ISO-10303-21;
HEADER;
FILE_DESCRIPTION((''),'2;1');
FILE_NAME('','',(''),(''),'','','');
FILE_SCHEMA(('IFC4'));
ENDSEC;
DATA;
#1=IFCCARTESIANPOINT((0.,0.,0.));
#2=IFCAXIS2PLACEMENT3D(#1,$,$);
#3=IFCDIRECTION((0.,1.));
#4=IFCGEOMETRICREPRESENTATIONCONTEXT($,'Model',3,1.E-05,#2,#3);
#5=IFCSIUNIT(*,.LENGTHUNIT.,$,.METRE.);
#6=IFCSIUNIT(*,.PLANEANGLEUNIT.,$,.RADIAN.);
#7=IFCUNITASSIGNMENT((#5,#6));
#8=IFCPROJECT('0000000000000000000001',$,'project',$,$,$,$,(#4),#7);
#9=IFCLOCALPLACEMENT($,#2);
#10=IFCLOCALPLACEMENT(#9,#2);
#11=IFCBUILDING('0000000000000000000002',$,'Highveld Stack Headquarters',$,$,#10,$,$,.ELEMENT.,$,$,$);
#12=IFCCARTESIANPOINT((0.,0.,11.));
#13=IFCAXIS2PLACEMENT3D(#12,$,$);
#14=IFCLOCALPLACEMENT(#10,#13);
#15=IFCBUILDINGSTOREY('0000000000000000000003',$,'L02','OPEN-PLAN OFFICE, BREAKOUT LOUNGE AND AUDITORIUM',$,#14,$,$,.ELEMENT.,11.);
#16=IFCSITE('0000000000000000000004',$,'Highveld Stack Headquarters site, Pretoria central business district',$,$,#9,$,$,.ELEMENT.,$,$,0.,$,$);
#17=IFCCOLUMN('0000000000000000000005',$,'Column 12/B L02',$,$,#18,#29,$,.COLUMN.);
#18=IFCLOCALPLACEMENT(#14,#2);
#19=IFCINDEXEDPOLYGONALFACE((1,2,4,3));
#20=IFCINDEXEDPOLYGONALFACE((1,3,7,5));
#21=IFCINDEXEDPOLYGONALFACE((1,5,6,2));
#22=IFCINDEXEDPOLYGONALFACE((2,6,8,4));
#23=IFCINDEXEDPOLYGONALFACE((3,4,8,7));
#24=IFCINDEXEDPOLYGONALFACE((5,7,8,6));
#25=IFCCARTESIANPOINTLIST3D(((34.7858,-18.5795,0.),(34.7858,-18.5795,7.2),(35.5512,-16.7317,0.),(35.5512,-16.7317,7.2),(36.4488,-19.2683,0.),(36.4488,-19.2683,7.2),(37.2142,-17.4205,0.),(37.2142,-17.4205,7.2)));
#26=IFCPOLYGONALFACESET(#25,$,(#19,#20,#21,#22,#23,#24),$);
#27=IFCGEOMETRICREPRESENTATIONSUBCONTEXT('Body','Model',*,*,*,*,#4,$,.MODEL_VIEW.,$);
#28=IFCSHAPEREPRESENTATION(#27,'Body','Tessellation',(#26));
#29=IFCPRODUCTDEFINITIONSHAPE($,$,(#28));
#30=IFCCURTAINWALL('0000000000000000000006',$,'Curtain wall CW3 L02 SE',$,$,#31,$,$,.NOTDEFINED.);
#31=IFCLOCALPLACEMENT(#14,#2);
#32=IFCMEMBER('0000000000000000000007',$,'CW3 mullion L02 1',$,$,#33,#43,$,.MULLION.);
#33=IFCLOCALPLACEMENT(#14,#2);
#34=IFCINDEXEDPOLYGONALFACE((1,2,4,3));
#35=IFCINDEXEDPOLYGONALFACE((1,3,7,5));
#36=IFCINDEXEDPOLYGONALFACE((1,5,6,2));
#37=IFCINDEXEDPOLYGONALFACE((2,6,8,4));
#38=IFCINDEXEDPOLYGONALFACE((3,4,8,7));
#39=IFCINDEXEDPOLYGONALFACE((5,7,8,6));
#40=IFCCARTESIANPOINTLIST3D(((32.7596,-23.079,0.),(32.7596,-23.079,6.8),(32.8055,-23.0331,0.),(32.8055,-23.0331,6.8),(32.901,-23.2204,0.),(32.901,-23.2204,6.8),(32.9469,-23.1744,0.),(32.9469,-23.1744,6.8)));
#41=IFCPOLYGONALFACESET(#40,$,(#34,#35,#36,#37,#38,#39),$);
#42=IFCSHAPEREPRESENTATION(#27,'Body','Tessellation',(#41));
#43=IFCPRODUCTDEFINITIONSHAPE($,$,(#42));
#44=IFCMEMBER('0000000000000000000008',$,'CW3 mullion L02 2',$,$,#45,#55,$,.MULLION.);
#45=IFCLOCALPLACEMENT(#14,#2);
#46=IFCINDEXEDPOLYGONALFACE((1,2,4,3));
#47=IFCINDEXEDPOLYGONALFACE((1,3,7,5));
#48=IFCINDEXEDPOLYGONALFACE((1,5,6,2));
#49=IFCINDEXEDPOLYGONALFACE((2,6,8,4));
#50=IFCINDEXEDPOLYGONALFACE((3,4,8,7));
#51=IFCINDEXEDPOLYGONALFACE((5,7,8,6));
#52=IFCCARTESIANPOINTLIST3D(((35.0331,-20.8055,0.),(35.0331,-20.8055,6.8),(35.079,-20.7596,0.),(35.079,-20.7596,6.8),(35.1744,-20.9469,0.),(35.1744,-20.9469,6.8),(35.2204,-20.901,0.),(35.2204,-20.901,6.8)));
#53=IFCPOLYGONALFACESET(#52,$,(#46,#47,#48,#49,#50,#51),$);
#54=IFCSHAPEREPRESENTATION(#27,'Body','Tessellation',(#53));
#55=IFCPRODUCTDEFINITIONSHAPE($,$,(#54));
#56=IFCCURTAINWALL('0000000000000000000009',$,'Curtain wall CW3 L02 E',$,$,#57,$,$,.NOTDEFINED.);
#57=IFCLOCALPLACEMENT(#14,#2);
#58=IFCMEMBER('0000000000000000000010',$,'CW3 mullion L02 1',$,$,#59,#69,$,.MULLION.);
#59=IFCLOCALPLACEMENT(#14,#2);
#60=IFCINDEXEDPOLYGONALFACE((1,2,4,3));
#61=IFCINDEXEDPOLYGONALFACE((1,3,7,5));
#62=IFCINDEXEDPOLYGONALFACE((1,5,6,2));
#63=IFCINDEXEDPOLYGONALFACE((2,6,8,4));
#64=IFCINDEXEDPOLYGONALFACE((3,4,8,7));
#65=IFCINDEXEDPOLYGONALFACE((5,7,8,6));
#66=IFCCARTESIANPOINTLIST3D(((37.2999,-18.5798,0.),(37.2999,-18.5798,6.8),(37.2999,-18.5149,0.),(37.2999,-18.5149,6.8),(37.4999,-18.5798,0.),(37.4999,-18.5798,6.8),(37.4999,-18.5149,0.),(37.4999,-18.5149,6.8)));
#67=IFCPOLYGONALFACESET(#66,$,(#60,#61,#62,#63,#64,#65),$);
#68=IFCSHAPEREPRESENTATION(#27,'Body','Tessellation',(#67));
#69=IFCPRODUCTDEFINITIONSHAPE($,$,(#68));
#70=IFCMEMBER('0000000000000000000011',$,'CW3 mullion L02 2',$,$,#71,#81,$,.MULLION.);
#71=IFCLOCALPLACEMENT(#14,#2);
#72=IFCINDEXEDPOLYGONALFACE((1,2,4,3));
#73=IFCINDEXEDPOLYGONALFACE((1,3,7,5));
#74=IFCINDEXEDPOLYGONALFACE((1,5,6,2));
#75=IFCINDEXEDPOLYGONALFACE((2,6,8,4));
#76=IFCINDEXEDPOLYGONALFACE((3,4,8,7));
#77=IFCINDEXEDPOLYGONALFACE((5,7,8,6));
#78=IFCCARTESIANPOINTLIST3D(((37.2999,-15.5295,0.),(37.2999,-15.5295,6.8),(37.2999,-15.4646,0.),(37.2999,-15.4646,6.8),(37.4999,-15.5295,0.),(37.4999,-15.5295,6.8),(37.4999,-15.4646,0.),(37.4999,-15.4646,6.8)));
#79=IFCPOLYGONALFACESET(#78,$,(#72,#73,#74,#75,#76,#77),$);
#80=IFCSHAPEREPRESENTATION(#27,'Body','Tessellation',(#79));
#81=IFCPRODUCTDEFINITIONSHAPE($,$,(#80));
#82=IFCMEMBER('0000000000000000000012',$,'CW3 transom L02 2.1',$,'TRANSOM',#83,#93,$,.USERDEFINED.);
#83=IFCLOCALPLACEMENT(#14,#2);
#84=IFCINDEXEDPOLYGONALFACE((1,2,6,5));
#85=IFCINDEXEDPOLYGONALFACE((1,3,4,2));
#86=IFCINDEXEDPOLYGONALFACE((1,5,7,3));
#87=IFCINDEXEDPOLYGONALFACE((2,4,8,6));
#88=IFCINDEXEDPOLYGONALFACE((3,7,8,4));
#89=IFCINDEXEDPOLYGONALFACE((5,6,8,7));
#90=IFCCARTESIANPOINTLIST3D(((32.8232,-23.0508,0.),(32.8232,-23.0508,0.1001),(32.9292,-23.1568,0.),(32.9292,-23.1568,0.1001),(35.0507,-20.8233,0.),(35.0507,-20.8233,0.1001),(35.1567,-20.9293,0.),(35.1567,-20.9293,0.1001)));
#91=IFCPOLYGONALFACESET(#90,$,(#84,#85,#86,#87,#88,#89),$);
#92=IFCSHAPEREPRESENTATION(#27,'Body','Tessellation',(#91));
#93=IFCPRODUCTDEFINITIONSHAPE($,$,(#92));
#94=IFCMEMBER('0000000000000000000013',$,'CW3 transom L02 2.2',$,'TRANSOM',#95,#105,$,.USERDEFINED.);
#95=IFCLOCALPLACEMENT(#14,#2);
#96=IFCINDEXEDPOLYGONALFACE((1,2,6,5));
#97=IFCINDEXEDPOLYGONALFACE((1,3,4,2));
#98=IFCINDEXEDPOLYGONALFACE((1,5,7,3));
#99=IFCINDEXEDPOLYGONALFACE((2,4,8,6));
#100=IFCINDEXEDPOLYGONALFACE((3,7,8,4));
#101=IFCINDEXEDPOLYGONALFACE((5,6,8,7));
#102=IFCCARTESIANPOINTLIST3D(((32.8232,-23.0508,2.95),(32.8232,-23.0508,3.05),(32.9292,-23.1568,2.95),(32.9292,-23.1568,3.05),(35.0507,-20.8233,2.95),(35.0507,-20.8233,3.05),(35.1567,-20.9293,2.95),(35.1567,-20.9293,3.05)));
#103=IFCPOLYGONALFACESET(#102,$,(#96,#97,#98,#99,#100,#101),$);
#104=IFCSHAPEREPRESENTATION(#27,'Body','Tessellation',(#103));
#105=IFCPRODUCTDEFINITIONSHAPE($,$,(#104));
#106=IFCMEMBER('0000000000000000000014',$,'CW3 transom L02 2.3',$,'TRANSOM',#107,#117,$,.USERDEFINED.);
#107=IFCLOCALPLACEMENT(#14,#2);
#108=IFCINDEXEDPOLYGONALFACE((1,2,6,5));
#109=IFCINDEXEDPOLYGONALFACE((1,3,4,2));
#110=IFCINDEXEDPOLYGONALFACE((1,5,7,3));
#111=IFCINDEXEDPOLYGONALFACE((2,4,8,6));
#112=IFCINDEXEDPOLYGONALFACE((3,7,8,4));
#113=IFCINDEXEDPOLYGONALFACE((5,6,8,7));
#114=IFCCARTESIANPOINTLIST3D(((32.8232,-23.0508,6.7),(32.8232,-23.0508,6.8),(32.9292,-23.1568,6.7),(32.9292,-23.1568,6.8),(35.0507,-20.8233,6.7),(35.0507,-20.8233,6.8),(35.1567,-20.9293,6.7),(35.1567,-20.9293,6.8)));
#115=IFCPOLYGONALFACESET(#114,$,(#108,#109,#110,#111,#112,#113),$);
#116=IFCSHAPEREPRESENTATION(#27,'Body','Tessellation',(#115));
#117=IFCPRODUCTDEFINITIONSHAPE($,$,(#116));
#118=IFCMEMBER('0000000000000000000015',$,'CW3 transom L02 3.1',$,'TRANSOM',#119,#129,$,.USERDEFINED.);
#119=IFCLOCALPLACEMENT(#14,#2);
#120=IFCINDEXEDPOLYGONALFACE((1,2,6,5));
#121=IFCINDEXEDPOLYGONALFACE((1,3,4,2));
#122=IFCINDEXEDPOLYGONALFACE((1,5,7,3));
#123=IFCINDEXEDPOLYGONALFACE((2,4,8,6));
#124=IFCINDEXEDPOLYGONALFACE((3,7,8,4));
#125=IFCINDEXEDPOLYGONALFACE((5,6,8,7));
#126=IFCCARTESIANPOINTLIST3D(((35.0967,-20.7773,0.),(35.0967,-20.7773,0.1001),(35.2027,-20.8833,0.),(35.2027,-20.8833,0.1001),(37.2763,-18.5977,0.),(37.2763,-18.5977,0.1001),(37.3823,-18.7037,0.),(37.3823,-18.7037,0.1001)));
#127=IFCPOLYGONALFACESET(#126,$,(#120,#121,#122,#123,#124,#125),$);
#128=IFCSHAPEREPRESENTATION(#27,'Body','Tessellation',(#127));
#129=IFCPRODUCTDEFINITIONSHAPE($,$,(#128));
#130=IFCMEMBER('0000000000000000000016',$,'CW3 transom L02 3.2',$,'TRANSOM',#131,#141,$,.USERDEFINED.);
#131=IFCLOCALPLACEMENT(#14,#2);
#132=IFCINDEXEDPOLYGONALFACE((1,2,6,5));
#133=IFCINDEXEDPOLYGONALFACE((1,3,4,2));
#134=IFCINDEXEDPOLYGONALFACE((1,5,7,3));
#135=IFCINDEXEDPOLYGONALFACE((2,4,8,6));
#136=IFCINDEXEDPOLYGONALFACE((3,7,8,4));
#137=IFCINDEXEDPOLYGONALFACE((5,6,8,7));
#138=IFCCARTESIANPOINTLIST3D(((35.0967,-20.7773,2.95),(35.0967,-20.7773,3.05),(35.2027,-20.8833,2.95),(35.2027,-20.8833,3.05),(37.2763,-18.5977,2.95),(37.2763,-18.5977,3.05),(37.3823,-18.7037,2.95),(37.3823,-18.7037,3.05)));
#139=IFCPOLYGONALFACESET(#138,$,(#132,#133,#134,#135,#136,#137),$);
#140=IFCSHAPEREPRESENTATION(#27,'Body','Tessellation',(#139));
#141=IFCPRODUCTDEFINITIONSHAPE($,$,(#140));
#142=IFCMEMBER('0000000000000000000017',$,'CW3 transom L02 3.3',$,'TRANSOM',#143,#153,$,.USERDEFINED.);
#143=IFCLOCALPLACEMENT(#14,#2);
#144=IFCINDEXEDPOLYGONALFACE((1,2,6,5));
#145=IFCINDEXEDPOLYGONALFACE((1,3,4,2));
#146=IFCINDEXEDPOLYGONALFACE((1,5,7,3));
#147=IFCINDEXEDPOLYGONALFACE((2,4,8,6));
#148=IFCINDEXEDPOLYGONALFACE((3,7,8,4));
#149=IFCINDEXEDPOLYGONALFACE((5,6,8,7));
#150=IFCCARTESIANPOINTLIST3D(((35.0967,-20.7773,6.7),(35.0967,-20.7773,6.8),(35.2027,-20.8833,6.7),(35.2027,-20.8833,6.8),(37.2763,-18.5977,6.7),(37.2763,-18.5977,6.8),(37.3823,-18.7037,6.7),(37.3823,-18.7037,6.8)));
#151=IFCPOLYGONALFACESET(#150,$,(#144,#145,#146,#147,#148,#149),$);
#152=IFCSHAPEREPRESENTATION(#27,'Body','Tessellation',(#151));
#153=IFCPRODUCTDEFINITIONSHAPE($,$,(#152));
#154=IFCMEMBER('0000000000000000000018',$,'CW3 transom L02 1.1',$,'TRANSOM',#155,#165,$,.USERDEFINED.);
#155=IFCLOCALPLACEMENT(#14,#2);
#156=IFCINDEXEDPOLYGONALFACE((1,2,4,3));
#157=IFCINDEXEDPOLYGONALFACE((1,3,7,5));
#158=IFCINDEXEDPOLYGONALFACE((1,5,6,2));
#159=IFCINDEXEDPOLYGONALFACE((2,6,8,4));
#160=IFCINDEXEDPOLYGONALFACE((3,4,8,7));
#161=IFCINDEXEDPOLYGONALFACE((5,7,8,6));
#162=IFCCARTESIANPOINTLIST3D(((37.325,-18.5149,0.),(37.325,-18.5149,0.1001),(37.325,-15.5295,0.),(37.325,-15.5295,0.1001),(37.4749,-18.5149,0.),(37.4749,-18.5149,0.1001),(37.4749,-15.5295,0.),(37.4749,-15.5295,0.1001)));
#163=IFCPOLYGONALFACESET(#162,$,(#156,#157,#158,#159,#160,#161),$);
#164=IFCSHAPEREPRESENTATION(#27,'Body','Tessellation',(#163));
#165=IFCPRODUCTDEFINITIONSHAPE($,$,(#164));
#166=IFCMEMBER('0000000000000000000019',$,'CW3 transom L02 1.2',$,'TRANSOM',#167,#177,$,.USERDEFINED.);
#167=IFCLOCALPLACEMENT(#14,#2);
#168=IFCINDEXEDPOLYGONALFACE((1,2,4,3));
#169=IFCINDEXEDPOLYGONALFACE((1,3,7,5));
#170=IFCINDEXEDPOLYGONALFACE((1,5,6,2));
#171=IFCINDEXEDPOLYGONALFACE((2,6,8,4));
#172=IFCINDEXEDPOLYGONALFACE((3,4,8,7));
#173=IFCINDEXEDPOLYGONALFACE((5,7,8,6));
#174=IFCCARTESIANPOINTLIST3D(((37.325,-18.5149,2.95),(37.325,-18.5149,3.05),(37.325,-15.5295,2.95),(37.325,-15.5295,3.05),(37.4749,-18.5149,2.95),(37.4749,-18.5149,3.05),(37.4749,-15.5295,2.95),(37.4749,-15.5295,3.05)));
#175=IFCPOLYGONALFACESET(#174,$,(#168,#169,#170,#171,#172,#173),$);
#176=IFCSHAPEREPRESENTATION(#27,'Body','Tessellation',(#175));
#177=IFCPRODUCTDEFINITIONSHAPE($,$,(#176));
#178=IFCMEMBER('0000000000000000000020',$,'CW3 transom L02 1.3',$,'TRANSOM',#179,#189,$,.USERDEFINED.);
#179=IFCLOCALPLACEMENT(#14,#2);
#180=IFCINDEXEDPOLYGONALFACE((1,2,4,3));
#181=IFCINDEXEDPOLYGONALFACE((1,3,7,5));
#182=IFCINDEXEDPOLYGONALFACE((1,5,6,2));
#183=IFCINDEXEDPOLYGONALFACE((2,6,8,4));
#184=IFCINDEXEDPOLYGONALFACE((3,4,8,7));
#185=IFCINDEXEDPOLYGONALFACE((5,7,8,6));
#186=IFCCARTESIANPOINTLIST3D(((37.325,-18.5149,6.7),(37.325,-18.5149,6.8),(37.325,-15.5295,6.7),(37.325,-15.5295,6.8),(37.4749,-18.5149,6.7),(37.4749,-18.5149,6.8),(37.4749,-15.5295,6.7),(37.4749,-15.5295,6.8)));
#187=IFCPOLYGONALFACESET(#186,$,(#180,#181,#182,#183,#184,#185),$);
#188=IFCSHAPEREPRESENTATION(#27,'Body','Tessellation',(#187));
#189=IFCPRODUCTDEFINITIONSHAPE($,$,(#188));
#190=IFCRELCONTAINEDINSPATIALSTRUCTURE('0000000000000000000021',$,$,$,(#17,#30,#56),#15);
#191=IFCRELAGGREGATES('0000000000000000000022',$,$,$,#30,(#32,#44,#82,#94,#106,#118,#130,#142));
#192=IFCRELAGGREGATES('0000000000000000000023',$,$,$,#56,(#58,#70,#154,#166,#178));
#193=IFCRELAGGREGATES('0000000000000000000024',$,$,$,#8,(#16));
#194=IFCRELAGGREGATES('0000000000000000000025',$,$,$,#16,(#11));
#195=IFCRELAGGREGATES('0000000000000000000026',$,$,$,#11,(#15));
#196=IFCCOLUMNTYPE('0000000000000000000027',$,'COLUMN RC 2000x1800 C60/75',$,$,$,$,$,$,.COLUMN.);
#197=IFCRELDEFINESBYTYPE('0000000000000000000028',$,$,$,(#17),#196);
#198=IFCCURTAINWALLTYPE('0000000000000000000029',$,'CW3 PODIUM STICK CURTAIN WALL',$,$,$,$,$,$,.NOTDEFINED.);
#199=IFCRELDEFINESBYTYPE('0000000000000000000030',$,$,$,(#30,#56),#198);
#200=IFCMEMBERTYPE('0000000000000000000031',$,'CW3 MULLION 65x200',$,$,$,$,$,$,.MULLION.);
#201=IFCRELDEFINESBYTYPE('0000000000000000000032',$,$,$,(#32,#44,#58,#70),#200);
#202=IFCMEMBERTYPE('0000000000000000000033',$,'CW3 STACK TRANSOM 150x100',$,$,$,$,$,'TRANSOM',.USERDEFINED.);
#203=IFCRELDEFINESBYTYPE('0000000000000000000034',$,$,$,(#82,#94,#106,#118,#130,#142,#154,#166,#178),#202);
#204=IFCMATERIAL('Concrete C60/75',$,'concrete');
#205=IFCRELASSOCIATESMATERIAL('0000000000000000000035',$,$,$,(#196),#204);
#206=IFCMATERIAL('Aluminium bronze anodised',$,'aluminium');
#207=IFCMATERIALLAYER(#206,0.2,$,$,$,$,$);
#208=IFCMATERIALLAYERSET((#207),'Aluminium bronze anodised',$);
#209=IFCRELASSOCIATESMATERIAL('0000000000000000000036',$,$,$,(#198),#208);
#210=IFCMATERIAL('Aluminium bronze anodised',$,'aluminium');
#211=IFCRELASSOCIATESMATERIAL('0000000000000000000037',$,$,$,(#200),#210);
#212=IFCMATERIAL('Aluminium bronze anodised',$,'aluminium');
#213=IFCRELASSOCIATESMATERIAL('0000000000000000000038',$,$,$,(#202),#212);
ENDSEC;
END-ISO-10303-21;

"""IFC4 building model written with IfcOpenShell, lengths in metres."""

from ifc_helpers import new_model, si_unit, direction, frame, origin, origin_2d, place, context, subcontext, project, spatial, rectangle, extrude, material, layer, layer_set, material_profile, profile_set, type_object, element, aggregate, save


model = new_model("IFC4")

# Units and contexts
model_context = context("Model", 3, precision=1e-05, world=origin(), true_north=direction((0.0, 1.0)))
body_context = subcontext(model_context, "Body", "Model", "MODEL_VIEW")
ifc_project = project(units=[si_unit("LENGTHUNIT", "METRE"), si_unit("PLANEANGLEUNIT", "RADIAN")], contexts=[model_context])

# Site, building, storey
site_placement = place(None, origin())
site = spatial("IfcSite", under=ifc_project, at=site_placement, Name="Highveld Stack Headquarters site, Pretoria central business district", CompositionType="ELEMENT", RefElevation=0.0)
building_placement = place(site_placement, origin())
building = spatial("IfcBuilding", under=site, at=building_placement, Name="Highveld Stack Headquarters", CompositionType="ELEMENT")
storey_placement = place(building_placement, frame((0.0, 0.0, 11.0)))
storey = spatial("IfcBuildingStorey", under=building, at=storey_placement, Name="L02", Description="OPEN-PLAN OFFICE, BREAKOUT LOUNGE AND AUDITORIUM", CompositionType="ELEMENT", Elevation=11.0)

# Column
ifc_material_1 = material(Name="Concrete C60/75", Category="concrete")
ifc_material_profile_1 = material_profile(ifc_material_1, rectangle(XDim=2.0, YDim=1.8, at=origin_2d()), Name="RC 2000x1800")
ifc_profile_set_1 = profile_set([ifc_material_profile_1], Name="Concrete C60/75")
column_type = type_object("IfcColumnType", Name="COLUMN RC 2000x1800 C60/75", PredefinedType="COLUMN", material=ifc_profile_set_1)
column_placement = place(storey_placement, frame((36.0, -18.0, 0.0), z_axis=(0.0, 0.0, 1.0), x_axis=(-0.382683, -0.92388, 0.0)))
element("IfcColumn", 1, at=column_placement, inside=storey, type_object=column_type, Name="Column 12/B L02", PredefinedType="COLUMN", context=body_context, shape_type="SweptSolid", body=[
    extrude(rectangle(XDim=2.0, YDim=1.8, at=origin_2d()), origin(), (0.0, 0.0, 1.0), 7.2),
])

# Curtain walls, members
ifc_material_2 = material(Name="Aluminium bronze anodised", Category="aluminium")
ifc_layer_1 = layer(ifc_material_2, 0.2)
ifc_layer_set_1 = layer_set([ifc_layer_1], Name="Aluminium bronze anodised")
curtain_wall_type = type_object("IfcCurtainWallType", Name="CW3 PODIUM STICK CURTAIN WALL", PredefinedType="NOTDEFINED", material=ifc_layer_set_1)
curtain_wall_1_placement = place(storey_placement, origin())
curtain_wall_1 = element("IfcCurtainWall", 2, at=curtain_wall_1_placement, inside=storey, type_object=curtain_wall_type, Name="Curtain wall CW3 L02 SE", PredefinedType="NOTDEFINED")
ifc_material_3 = material(Name="Aluminium bronze anodised", Category="aluminium")
ifc_material_profile_2 = material_profile(ifc_material_3, rectangle(XDim=0.2, YDim=0.0649, at=origin_2d()), Name="CW3 MULLION 65x200")
ifc_profile_set_2 = profile_set([ifc_material_profile_2], Name="Aluminium bronze anodised")
member_type_1 = type_object("IfcMemberType", Name="CW3 MULLION 65x200", PredefinedType="MULLION", material=ifc_profile_set_2)
member_1_placement = place(storey_placement, frame((32.8533, -23.1267, 0.0), z_axis=(0.0, 0.0, 1.0), x_axis=(-0.707107, 0.707107, 0.0)))
member_1 = element("IfcMember", 3, at=member_1_placement, type_object=member_type_1, Name="CW3 mullion L02 1", PredefinedType="MULLION", context=body_context, shape_type="SweptSolid", body=[
    extrude(rectangle(XDim=0.2, YDim=0.0649, at=origin_2d()), origin(), (0.0, 0.0, 1.0), 6.8),
])
member_2_placement = place(storey_placement, frame((35.1267, -20.8533, 0.0), z_axis=(0.0, 0.0, 1.0), x_axis=(-0.707107, 0.707107, 0.0)))
member_2 = element("IfcMember", 4, at=member_2_placement, type_object=member_type_1, Name="CW3 mullion L02 2", PredefinedType="MULLION", context=body_context, shape_type="SweptSolid", body=[
    extrude(rectangle(XDim=0.2, YDim=0.0649, at=origin_2d()), origin(), (0.0, 0.0, 1.0), 6.8),
])
curtain_wall_2_placement = place(storey_placement, origin())
curtain_wall_2 = element("IfcCurtainWall", 5, at=curtain_wall_2_placement, inside=storey, type_object=curtain_wall_type, Name="Curtain wall CW3 L02 E", PredefinedType="NOTDEFINED")
member_3_placement = place(storey_placement, frame((37.3999, -18.5474, 0.0), z_axis=(0.0, 0.0, 1.0), x_axis=(-1.0, 0.0, 0.0)))
member_3 = element("IfcMember", 6, at=member_3_placement, type_object=member_type_1, Name="CW3 mullion L02 1", PredefinedType="MULLION", context=body_context, shape_type="SweptSolid", body=[
    extrude(rectangle(XDim=0.2, YDim=0.0649, at=origin_2d()), origin(), (0.0, 0.0, 1.0), 6.8),
])
member_4_placement = place(storey_placement, frame((37.3999, -15.4971, 0.0), z_axis=(0.0, 0.0, 1.0), x_axis=(-1.0, 0.0, 0.0)))
member_4 = element("IfcMember", 7, at=member_4_placement, type_object=member_type_1, Name="CW3 mullion L02 2", PredefinedType="MULLION", context=body_context, shape_type="SweptSolid", body=[
    extrude(rectangle(XDim=0.2, YDim=0.0649, at=origin_2d()), origin(), (0.0, 0.0, 1.0), 6.8),
])

# Members
ifc_material_4 = material(Name="Aluminium bronze anodised", Category="aluminium")
ifc_material_profile_3 = material_profile(ifc_material_4, rectangle(XDim=0.1499, YDim=0.1001, at=origin_2d()), Name="CW3 TRANSOM 150x100")
ifc_profile_set_3 = profile_set([ifc_material_profile_3], Name="Aluminium bronze anodised")
member_type_2 = type_object("IfcMemberType", Name="CW3 STACK TRANSOM 150x100", ElementType="TRANSOM", PredefinedType="USERDEFINED", material=ifc_profile_set_3)
member_5_placement = place(storey_placement, frame((32.8762, -23.1038, 0.05), z_axis=(0.707107, 0.707107, 0.0), x_axis=(-0.707107, 0.707107, 0.0)))
member_5 = element("IfcMember", 8, at=member_5_placement, type_object=member_type_2, Name="CW3 transom L02 2.1", ObjectType="TRANSOM", PredefinedType="USERDEFINED", context=body_context, shape_type="SweptSolid", body=[
    extrude(rectangle(XDim=0.1499, YDim=0.1001, at=origin_2d()), origin(), (0.0, 0.0, 1.0), 3.1501),
])
member_6_placement = place(storey_placement, frame((32.8762, -23.1038, 3.0), z_axis=(0.707107, 0.707107, 0.0), x_axis=(-0.707107, 0.707107, 0.0)))
member_6 = element("IfcMember", 9, at=member_6_placement, type_object=member_type_2, Name="CW3 transom L02 2.2", ObjectType="TRANSOM", PredefinedType="USERDEFINED", context=body_context, shape_type="SweptSolid", body=[
    extrude(rectangle(XDim=0.1499, YDim=0.1001, at=origin_2d()), origin(), (0.0, 0.0, 1.0), 3.1501),
])
member_7_placement = place(storey_placement, frame((32.8762, -23.1038, 6.75), z_axis=(0.707107, 0.707107, 0.0), x_axis=(-0.707107, 0.707107, 0.0)))
member_7 = element("IfcMember", 10, at=member_7_placement, type_object=member_type_2, Name="CW3 transom L02 2.3", ObjectType="TRANSOM", PredefinedType="USERDEFINED", context=body_context, shape_type="SweptSolid", body=[
    extrude(rectangle(XDim=0.1499, YDim=0.1001, at=origin_2d()), origin(), (0.0, 0.0, 1.0), 3.1501),
])
member_8_placement = place(storey_placement, frame((35.1497, -20.8303, 0.05), z_axis=(0.707107, 0.707107, 0.0), x_axis=(-0.707107, 0.707107, 0.0)))
member_8 = element("IfcMember", 11, at=member_8_placement, type_object=member_type_2, Name="CW3 transom L02 3.1", ObjectType="TRANSOM", PredefinedType="USERDEFINED", context=body_context, shape_type="SweptSolid", body=[
    extrude(rectangle(XDim=0.1499, YDim=0.1001, at=origin_2d()), origin(), (0.0, 0.0, 1.0), 3.0825),
])
member_9_placement = place(storey_placement, frame((35.1497, -20.8303, 3.0), z_axis=(0.707107, 0.707107, 0.0), x_axis=(-0.707107, 0.707107, 0.0)))
member_9 = element("IfcMember", 12, at=member_9_placement, type_object=member_type_2, Name="CW3 transom L02 3.2", ObjectType="TRANSOM", PredefinedType="USERDEFINED", context=body_context, shape_type="SweptSolid", body=[
    extrude(rectangle(XDim=0.1499, YDim=0.1001, at=origin_2d()), origin(), (0.0, 0.0, 1.0), 3.0825),
])
member_10_placement = place(storey_placement, frame((35.1497, -20.8303, 6.75), z_axis=(0.707107, 0.707107, 0.0), x_axis=(-0.707107, 0.707107, 0.0)))
member_10 = element("IfcMember", 13, at=member_10_placement, type_object=member_type_2, Name="CW3 transom L02 3.3", ObjectType="TRANSOM", PredefinedType="USERDEFINED", context=body_context, shape_type="SweptSolid", body=[
    extrude(rectangle(XDim=0.1499, YDim=0.1001, at=origin_2d()), origin(), (0.0, 0.0, 1.0), 3.0825),
])
member_11_placement = place(storey_placement, frame((37.3999, -18.5149, 0.05), z_axis=(0.0, 1.0, 0.0), x_axis=(-1.0, 0.0, 0.0)))
member_11 = element("IfcMember", 14, at=member_11_placement, type_object=member_type_2, Name="CW3 transom L02 1.1", ObjectType="TRANSOM", PredefinedType="USERDEFINED", context=body_context, shape_type="SweptSolid", body=[
    extrude(rectangle(XDim=0.1499, YDim=0.1001, at=origin_2d()), origin(), (0.0, 0.0, 1.0), 2.9854),
])
member_12_placement = place(storey_placement, frame((37.3999, -18.5149, 3.0), z_axis=(0.0, 1.0, 0.0), x_axis=(-1.0, 0.0, 0.0)))
member_12 = element("IfcMember", 15, at=member_12_placement, type_object=member_type_2, Name="CW3 transom L02 1.2", ObjectType="TRANSOM", PredefinedType="USERDEFINED", context=body_context, shape_type="SweptSolid", body=[
    extrude(rectangle(XDim=0.1499, YDim=0.1001, at=origin_2d()), origin(), (0.0, 0.0, 1.0), 2.9854),
])
member_13_placement = place(storey_placement, frame((37.3999, -18.5149, 6.75), z_axis=(0.0, 1.0, 0.0), x_axis=(-1.0, 0.0, 0.0)))
member_13 = element("IfcMember", 16, at=member_13_placement, type_object=member_type_2, Name="CW3 transom L02 1.3", ObjectType="TRANSOM", PredefinedType="USERDEFINED", context=body_context, shape_type="SweptSolid", body=[
    extrude(rectangle(XDim=0.1499, YDim=0.1001, at=origin_2d()), origin(), (0.0, 0.0, 1.0), 2.9854),
])

aggregate(curtain_wall_1, [member_1, member_2, member_5, member_6, member_7, member_8, member_9, member_10])
aggregate(curtain_wall_2, [member_3, member_4, member_11, member_12, member_13])

save(model, "model.ifc")
